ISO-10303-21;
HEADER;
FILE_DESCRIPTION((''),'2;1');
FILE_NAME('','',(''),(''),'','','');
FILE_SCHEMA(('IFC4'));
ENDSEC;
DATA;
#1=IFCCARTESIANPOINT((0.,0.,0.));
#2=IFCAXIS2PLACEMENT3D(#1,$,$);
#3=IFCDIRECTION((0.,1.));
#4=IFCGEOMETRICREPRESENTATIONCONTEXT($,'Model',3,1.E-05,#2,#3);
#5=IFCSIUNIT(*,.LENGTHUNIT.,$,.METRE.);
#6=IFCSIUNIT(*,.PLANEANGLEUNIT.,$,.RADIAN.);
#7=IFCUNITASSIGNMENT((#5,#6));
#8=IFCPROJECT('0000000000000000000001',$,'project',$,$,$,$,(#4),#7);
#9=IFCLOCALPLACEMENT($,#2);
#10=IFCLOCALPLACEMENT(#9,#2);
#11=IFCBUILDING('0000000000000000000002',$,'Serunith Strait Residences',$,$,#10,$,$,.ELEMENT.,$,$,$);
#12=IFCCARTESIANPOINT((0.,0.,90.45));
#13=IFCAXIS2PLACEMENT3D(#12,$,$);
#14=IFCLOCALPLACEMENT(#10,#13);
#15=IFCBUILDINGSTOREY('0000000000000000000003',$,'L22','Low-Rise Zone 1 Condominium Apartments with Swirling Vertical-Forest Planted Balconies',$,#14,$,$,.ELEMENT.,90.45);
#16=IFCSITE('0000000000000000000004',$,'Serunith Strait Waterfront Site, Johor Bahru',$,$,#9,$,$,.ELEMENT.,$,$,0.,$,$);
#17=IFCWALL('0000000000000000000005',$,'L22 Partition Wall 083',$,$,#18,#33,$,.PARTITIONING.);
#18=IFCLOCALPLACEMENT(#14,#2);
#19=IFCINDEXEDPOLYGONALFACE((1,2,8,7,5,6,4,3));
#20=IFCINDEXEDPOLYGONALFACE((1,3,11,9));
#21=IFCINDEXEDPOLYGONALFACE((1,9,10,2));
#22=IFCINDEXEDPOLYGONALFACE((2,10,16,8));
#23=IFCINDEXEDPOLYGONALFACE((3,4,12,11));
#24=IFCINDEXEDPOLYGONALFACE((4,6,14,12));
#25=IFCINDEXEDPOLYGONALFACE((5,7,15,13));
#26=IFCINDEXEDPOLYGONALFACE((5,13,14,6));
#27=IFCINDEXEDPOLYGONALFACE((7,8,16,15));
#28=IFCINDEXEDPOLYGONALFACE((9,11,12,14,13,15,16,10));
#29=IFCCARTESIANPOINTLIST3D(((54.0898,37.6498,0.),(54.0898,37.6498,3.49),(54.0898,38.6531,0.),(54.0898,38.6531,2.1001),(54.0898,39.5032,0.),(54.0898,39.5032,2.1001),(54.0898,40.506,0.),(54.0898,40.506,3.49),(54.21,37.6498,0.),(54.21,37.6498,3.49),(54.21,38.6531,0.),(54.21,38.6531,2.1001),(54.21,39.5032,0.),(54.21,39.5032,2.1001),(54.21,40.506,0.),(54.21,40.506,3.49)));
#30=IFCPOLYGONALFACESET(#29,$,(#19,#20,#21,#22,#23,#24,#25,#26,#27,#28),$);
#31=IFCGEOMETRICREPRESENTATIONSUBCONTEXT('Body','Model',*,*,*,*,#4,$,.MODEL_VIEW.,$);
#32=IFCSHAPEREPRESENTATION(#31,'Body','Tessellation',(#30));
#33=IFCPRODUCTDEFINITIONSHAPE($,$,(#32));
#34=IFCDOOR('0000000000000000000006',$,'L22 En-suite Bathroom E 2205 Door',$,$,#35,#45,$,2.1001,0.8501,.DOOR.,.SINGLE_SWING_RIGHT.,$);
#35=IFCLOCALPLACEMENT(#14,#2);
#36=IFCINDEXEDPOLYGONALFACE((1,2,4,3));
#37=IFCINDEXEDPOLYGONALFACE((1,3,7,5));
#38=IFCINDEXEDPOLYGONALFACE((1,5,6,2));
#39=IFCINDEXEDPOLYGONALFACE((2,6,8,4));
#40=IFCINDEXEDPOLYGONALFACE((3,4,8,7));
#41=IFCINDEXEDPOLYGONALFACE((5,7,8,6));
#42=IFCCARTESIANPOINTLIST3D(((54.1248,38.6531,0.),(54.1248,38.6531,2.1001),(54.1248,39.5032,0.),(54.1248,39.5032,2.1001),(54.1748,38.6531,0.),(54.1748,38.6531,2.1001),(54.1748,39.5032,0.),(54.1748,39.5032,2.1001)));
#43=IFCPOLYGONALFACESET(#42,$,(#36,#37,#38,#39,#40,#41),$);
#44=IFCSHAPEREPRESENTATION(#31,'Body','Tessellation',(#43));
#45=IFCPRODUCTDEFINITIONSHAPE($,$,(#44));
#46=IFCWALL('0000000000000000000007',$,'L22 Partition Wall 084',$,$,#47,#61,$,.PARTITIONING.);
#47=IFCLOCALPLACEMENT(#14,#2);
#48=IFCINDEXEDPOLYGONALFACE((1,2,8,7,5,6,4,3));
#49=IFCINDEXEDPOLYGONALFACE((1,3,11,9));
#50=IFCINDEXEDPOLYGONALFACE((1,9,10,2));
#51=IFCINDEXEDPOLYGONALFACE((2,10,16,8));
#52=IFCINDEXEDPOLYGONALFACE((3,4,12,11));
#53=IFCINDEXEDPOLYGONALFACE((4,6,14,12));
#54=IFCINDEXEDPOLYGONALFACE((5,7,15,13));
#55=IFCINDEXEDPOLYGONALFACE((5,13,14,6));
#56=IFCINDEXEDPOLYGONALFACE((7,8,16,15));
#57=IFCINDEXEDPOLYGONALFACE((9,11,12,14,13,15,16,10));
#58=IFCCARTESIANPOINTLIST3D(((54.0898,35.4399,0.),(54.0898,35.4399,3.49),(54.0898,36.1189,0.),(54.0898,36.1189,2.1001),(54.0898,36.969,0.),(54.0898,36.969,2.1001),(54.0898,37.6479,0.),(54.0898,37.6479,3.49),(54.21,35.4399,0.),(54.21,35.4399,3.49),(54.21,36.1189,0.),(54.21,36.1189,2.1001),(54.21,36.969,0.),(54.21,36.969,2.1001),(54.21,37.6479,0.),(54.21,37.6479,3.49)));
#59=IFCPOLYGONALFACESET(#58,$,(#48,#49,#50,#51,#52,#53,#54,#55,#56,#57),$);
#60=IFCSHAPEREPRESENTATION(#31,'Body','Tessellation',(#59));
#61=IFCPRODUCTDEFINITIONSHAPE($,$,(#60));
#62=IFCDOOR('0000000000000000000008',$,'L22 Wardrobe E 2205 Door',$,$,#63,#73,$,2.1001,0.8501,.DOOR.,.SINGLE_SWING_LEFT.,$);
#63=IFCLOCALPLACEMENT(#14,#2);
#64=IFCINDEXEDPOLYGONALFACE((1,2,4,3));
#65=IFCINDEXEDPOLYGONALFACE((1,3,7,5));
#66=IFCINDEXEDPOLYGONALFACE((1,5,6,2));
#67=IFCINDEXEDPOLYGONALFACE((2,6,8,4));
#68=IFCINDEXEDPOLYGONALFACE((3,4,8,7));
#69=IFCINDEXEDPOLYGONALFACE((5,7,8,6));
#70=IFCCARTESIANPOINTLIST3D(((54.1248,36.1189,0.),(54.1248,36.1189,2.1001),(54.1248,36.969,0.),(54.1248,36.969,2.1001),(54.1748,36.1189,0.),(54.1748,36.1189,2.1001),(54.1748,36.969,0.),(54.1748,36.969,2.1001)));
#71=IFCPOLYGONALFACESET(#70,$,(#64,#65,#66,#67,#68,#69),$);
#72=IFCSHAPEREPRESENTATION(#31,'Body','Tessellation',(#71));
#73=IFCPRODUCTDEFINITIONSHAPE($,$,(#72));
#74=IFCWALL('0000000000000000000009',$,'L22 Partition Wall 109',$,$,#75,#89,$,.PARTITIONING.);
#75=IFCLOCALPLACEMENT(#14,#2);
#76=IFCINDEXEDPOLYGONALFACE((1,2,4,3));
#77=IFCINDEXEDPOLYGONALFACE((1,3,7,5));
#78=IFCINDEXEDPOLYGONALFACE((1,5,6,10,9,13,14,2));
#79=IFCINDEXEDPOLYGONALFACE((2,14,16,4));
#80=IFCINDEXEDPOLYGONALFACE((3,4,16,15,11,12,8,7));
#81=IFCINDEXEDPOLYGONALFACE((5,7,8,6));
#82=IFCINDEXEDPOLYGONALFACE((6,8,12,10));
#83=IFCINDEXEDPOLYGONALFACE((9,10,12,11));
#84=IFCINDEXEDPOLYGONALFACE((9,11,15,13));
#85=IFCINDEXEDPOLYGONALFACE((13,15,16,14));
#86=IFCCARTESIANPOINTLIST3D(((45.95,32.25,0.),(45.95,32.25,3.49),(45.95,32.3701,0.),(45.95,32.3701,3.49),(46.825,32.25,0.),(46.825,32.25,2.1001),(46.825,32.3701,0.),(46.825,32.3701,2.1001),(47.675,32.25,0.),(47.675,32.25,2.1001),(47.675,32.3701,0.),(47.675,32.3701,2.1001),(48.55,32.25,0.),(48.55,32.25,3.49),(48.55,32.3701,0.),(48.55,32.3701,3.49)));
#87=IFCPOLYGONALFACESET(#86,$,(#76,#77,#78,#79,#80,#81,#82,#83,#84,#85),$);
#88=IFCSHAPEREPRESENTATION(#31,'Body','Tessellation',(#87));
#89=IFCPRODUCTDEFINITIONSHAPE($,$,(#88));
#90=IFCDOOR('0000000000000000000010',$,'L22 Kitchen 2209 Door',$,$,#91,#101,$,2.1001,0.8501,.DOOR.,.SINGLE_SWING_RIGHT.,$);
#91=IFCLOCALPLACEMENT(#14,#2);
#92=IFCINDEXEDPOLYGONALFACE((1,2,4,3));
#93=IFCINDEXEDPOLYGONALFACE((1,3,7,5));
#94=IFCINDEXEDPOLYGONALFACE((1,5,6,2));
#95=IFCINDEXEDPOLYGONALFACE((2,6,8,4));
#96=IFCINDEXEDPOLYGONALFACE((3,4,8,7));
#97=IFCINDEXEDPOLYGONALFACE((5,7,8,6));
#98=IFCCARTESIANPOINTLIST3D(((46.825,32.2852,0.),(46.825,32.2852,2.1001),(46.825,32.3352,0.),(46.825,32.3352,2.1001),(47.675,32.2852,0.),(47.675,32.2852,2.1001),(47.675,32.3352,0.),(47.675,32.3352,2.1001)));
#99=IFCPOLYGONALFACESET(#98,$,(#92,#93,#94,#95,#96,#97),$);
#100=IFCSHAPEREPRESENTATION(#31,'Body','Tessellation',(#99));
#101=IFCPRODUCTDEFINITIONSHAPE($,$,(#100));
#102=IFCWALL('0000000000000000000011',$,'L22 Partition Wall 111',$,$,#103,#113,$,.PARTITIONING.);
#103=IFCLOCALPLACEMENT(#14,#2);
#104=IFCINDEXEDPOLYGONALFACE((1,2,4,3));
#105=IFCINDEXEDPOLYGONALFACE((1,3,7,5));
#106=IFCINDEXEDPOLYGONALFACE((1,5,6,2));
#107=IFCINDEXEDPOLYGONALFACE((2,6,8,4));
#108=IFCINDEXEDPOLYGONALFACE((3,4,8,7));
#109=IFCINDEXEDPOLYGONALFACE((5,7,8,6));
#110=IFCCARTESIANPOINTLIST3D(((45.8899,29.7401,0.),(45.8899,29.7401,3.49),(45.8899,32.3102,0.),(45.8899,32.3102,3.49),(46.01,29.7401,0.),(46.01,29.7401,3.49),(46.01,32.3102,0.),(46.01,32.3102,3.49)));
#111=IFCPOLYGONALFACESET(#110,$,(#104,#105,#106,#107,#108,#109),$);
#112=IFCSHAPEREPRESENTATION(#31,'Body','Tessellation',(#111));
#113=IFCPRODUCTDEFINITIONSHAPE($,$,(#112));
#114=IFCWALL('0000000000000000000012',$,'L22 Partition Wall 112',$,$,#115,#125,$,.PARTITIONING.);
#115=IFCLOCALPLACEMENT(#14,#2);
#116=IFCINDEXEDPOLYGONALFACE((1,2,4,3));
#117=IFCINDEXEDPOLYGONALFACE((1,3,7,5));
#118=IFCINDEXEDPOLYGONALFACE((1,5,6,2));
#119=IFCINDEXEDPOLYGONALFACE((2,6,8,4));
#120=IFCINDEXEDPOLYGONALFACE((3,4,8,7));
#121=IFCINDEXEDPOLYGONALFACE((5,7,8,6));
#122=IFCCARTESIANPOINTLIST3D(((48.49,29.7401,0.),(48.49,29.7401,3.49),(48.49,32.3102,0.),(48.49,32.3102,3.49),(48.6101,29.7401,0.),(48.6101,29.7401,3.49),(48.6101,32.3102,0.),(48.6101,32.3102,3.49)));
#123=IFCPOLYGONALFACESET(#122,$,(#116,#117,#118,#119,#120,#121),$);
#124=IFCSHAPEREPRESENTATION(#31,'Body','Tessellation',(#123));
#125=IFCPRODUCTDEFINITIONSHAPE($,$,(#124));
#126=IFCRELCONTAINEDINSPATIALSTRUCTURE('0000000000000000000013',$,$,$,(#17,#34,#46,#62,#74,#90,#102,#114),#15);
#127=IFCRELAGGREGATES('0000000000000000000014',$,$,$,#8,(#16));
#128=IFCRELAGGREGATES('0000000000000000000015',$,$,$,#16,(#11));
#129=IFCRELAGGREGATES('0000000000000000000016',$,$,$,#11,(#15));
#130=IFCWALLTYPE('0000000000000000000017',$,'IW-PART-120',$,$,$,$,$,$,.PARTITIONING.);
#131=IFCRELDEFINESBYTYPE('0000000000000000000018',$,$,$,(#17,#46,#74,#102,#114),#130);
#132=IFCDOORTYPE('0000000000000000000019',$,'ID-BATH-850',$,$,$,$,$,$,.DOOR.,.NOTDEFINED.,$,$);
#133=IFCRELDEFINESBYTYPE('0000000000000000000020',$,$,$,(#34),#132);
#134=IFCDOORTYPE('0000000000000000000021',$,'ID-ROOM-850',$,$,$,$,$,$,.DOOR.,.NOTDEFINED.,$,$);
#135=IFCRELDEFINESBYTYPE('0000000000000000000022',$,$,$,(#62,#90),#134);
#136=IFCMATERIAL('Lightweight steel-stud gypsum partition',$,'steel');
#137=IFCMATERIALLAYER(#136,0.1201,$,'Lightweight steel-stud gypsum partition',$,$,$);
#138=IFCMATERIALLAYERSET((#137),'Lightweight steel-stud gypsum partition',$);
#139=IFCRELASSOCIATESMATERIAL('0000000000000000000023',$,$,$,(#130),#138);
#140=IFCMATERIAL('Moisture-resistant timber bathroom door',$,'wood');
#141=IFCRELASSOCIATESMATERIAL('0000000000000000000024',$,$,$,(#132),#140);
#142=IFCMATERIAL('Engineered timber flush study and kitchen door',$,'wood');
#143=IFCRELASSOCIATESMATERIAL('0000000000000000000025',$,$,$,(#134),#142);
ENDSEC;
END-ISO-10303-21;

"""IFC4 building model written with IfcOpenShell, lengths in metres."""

from ifc_helpers import new_model, si_unit, direction, frame, frame_2d, origin, place, context, subcontext, project, spatial, rectangle, extrude, source, transform, mapped, material, layer, layer_set, type_object, element, fill, save


model = new_model("IFC4")

# Units and contexts
model_context = context("Model", 3, precision=1e-05, world=origin(), true_north=direction((0.0, 1.0)))
body_context = subcontext(model_context, "Body", "Model", "MODEL_VIEW")
ifc_project = project(units=[si_unit("LENGTHUNIT", "METRE"), si_unit("PLANEANGLEUNIT", "RADIAN")], contexts=[model_context])

# Site, building, storey
site_placement = place(None, origin())
site = spatial("IfcSite", under=ifc_project, at=site_placement, Name="Serunith Strait Waterfront Site, Johor Bahru", CompositionType="ELEMENT", RefElevation=0.0)
building_placement = place(site_placement, origin())
building = spatial("IfcBuilding", under=site, at=building_placement, Name="Serunith Strait Residences", CompositionType="ELEMENT")
storey_placement = place(building_placement, frame((0.0, 0.0, 90.45)))
storey = spatial("IfcBuildingStorey", under=building, at=storey_placement, Name="L22", Description="Low-Rise Zone 1 Condominium Apartments with Swirling Vertical-Forest Planted Balconies", CompositionType="ELEMENT", Elevation=90.45)

# Shared definitions
ifc_material_1 = material(Name="Lightweight steel-stud gypsum partition", Category="steel")
ifc_layer_1 = layer(ifc_material_1, 0.1201, Name="Lightweight steel-stud gypsum partition")
ifc_layer_set_1 = layer_set([ifc_layer_1], Name="Lightweight steel-stud gypsum partition")
wall_type = type_object("IfcWallType", Name="IW-PART-120", PredefinedType="PARTITIONING", material=ifc_layer_set_1)
ifc_material_2 = material(Name="Moisture-resistant timber bathroom door", Category="wood")
door_type_1 = type_object("IfcDoorType", Name="ID-BATH-850", OperationType="NOTDEFINED", PredefinedType="DOOR", material=ifc_material_2)
shared_shape_1 = source(origin(), body_context, "Body", "SweptSolid", [
    extrude(rectangle(XDim=0.8501, YDim=2.1001, at=frame_2d((0.425, 1.05))), frame((0.0, 0.0249, 0.0), z_axis=(0.0, -1.0, 0.0), x_axis=(1.0, 0.0, 0.0)), (0.0, 0.0, 1.0), 0.05),
])
ifc_material_3 = material(Name="Engineered timber flush study and kitchen door", Category="wood")
door_type_2 = type_object("IfcDoorType", Name="ID-ROOM-850", OperationType="NOTDEFINED", PredefinedType="DOOR", material=ifc_material_3)

# Walls, openings, doors
wall_1_placement = place(storey_placement, frame((54.1499, 40.5061, 0.0), z_axis=(0.0, 0.0, 1.0), x_axis=(0.0, -1.0, 0.0)))
wall_1 = element("IfcWall", 1, at=wall_1_placement, inside=storey, type_object=wall_type, Name="L22 Partition Wall 083", PredefinedType="PARTITIONING", context=body_context, shape_type="SweptSolid", body=[
    extrude(rectangle(XDim=2.8562, YDim=0.1201, at=frame_2d((1.4282, 0.0))), origin(), (0.0, 0.0, 1.0), 3.49),
])
opening_1_placement = place(wall_1_placement, frame((1.0029, 0.0, 0.0)))
opening_1 = element("IfcOpeningElement", 2, at=opening_1_placement, cuts=wall_1, PredefinedType="OPENING", context=body_context, shape_type="SweptSolid", body=[
    extrude(rectangle(XDim=0.8501, YDim=2.1001, at=frame_2d((0.425, 1.05))), frame((0.0, 0.0701, 0.0), z_axis=(0.0, -1.0, 0.0), x_axis=(1.0, 0.0, 0.0)), (0.0, 0.0, 1.0), 0.1401),
])
door_1_placement = place(opening_1_placement, origin())
door_1 = element("IfcDoor", 3, at=door_1_placement, inside=storey, type_object=door_type_1, Name="L22 En-suite Bathroom E 2205 Door", OperationType="SINGLE_SWING_RIGHT", OverallHeight=2.1001, OverallWidth=0.8501, PredefinedType="DOOR", context=body_context, shape_type="MappedRepresentation", body=[
    mapped(shared_shape_1, transform((0.0, 0.0, 0.0), scale=1.0)),
])
fill(opening_1, door_1)
wall_2_placement = place(storey_placement, frame((54.1499, 37.6479, 0.0), z_axis=(0.0, 0.0, 1.0), x_axis=(0.0, -1.0, 0.0)))
wall_2 = element("IfcWall", 4, at=wall_2_placement, inside=storey, type_object=wall_type, Name="L22 Partition Wall 084", PredefinedType="PARTITIONING", context=body_context, shape_type="SweptSolid", body=[
    extrude(rectangle(XDim=2.208, YDim=0.1201, at=frame_2d((1.104, 0.0))), origin(), (0.0, 0.0, 1.0), 3.49),
])
opening_2_placement = place(wall_2_placement, frame((0.679, 0.0, 0.0)))
opening_2 = element("IfcOpeningElement", 5, at=opening_2_placement, cuts=wall_2, PredefinedType="OPENING", context=body_context, shape_type="SweptSolid", body=[
    extrude(rectangle(XDim=0.8501, YDim=2.1001, at=frame_2d((0.425, 1.05))), frame((0.0, 0.0701, 0.0), z_axis=(0.0, -1.0, 0.0), x_axis=(1.0, 0.0, 0.0)), (0.0, 0.0, 1.0), 0.1401),
])
door_2_placement = place(opening_2_placement, origin())
door_2 = element("IfcDoor", 6, at=door_2_placement, inside=storey, type_object=door_type_2, Name="L22 Wardrobe E 2205 Door", OperationType="SINGLE_SWING_LEFT", OverallHeight=2.1001, OverallWidth=0.8501, PredefinedType="DOOR", context=body_context, shape_type="MappedRepresentation", body=[
    mapped(shared_shape_1, transform((0.0, 0.0, 0.0), scale=1.0)),
])
fill(opening_2, door_2)
wall_3_placement = place(storey_placement, frame((48.55, 32.3101, 0.0), z_axis=(0.0, 0.0, 1.0), x_axis=(-1.0, 0.0, 0.0)))
wall_3 = element("IfcWall", 7, at=wall_3_placement, inside=storey, type_object=wall_type, Name="L22 Partition Wall 109", PredefinedType="PARTITIONING", context=body_context, shape_type="SweptSolid", body=[
    extrude(rectangle(XDim=2.6001, YDim=0.1201, at=frame_2d((1.3, 0.0))), origin(), (0.0, 0.0, 1.0), 3.49),
])
opening_3_placement = place(wall_3_placement, frame((0.875, 0.0, 0.0)))
opening_3 = element("IfcOpeningElement", 8, at=opening_3_placement, cuts=wall_3, PredefinedType="OPENING", context=body_context, shape_type="SweptSolid", body=[
    extrude(rectangle(XDim=0.8501, YDim=2.1001, at=frame_2d((0.425, 1.05))), frame((0.0, 0.0701, 0.0), z_axis=(0.0, -1.0, 0.0), x_axis=(1.0, 0.0, 0.0)), (0.0, 0.0, 1.0), 0.1401),
])
door_3_placement = place(opening_3_placement, origin())
door_3 = element("IfcDoor", 9, at=door_3_placement, inside=storey, type_object=door_type_2, Name="L22 Kitchen 2209 Door", OperationType="SINGLE_SWING_RIGHT", OverallHeight=2.1001, OverallWidth=0.8501, PredefinedType="DOOR", context=body_context, shape_type="MappedRepresentation", body=[
    mapped(shared_shape_1, transform((0.0, 0.0, 0.0), scale=1.0)),
])
fill(opening_3, door_3)

# Walls
for number, where, z_axis, x_axis, name in (
    (10, (45.95, 29.74, 0.0), (0.0, 0.0, 1.0), (0.0, 1.0, 0.0), "L22 Partition Wall 111"),
    (11, (48.55, 29.74, 0.0), (0.0, 0.0, 1.0), (0.0, 1.0, 0.0), "L22 Partition Wall 112"),
):
    element("IfcWall", number, at=place(storey_placement, frame(where, z_axis=z_axis, x_axis=x_axis)), inside=storey, type_object=wall_type, Name=name, PredefinedType="PARTITIONING", context=body_context, shape_type="SweptSolid", body=[
        extrude(rectangle(XDim=2.5701, YDim=0.1201, at=frame_2d((1.2852, 0.0))), origin(), (0.0, 0.0, 1.0), 3.49),
    ])

save(model, "model.ifc")
